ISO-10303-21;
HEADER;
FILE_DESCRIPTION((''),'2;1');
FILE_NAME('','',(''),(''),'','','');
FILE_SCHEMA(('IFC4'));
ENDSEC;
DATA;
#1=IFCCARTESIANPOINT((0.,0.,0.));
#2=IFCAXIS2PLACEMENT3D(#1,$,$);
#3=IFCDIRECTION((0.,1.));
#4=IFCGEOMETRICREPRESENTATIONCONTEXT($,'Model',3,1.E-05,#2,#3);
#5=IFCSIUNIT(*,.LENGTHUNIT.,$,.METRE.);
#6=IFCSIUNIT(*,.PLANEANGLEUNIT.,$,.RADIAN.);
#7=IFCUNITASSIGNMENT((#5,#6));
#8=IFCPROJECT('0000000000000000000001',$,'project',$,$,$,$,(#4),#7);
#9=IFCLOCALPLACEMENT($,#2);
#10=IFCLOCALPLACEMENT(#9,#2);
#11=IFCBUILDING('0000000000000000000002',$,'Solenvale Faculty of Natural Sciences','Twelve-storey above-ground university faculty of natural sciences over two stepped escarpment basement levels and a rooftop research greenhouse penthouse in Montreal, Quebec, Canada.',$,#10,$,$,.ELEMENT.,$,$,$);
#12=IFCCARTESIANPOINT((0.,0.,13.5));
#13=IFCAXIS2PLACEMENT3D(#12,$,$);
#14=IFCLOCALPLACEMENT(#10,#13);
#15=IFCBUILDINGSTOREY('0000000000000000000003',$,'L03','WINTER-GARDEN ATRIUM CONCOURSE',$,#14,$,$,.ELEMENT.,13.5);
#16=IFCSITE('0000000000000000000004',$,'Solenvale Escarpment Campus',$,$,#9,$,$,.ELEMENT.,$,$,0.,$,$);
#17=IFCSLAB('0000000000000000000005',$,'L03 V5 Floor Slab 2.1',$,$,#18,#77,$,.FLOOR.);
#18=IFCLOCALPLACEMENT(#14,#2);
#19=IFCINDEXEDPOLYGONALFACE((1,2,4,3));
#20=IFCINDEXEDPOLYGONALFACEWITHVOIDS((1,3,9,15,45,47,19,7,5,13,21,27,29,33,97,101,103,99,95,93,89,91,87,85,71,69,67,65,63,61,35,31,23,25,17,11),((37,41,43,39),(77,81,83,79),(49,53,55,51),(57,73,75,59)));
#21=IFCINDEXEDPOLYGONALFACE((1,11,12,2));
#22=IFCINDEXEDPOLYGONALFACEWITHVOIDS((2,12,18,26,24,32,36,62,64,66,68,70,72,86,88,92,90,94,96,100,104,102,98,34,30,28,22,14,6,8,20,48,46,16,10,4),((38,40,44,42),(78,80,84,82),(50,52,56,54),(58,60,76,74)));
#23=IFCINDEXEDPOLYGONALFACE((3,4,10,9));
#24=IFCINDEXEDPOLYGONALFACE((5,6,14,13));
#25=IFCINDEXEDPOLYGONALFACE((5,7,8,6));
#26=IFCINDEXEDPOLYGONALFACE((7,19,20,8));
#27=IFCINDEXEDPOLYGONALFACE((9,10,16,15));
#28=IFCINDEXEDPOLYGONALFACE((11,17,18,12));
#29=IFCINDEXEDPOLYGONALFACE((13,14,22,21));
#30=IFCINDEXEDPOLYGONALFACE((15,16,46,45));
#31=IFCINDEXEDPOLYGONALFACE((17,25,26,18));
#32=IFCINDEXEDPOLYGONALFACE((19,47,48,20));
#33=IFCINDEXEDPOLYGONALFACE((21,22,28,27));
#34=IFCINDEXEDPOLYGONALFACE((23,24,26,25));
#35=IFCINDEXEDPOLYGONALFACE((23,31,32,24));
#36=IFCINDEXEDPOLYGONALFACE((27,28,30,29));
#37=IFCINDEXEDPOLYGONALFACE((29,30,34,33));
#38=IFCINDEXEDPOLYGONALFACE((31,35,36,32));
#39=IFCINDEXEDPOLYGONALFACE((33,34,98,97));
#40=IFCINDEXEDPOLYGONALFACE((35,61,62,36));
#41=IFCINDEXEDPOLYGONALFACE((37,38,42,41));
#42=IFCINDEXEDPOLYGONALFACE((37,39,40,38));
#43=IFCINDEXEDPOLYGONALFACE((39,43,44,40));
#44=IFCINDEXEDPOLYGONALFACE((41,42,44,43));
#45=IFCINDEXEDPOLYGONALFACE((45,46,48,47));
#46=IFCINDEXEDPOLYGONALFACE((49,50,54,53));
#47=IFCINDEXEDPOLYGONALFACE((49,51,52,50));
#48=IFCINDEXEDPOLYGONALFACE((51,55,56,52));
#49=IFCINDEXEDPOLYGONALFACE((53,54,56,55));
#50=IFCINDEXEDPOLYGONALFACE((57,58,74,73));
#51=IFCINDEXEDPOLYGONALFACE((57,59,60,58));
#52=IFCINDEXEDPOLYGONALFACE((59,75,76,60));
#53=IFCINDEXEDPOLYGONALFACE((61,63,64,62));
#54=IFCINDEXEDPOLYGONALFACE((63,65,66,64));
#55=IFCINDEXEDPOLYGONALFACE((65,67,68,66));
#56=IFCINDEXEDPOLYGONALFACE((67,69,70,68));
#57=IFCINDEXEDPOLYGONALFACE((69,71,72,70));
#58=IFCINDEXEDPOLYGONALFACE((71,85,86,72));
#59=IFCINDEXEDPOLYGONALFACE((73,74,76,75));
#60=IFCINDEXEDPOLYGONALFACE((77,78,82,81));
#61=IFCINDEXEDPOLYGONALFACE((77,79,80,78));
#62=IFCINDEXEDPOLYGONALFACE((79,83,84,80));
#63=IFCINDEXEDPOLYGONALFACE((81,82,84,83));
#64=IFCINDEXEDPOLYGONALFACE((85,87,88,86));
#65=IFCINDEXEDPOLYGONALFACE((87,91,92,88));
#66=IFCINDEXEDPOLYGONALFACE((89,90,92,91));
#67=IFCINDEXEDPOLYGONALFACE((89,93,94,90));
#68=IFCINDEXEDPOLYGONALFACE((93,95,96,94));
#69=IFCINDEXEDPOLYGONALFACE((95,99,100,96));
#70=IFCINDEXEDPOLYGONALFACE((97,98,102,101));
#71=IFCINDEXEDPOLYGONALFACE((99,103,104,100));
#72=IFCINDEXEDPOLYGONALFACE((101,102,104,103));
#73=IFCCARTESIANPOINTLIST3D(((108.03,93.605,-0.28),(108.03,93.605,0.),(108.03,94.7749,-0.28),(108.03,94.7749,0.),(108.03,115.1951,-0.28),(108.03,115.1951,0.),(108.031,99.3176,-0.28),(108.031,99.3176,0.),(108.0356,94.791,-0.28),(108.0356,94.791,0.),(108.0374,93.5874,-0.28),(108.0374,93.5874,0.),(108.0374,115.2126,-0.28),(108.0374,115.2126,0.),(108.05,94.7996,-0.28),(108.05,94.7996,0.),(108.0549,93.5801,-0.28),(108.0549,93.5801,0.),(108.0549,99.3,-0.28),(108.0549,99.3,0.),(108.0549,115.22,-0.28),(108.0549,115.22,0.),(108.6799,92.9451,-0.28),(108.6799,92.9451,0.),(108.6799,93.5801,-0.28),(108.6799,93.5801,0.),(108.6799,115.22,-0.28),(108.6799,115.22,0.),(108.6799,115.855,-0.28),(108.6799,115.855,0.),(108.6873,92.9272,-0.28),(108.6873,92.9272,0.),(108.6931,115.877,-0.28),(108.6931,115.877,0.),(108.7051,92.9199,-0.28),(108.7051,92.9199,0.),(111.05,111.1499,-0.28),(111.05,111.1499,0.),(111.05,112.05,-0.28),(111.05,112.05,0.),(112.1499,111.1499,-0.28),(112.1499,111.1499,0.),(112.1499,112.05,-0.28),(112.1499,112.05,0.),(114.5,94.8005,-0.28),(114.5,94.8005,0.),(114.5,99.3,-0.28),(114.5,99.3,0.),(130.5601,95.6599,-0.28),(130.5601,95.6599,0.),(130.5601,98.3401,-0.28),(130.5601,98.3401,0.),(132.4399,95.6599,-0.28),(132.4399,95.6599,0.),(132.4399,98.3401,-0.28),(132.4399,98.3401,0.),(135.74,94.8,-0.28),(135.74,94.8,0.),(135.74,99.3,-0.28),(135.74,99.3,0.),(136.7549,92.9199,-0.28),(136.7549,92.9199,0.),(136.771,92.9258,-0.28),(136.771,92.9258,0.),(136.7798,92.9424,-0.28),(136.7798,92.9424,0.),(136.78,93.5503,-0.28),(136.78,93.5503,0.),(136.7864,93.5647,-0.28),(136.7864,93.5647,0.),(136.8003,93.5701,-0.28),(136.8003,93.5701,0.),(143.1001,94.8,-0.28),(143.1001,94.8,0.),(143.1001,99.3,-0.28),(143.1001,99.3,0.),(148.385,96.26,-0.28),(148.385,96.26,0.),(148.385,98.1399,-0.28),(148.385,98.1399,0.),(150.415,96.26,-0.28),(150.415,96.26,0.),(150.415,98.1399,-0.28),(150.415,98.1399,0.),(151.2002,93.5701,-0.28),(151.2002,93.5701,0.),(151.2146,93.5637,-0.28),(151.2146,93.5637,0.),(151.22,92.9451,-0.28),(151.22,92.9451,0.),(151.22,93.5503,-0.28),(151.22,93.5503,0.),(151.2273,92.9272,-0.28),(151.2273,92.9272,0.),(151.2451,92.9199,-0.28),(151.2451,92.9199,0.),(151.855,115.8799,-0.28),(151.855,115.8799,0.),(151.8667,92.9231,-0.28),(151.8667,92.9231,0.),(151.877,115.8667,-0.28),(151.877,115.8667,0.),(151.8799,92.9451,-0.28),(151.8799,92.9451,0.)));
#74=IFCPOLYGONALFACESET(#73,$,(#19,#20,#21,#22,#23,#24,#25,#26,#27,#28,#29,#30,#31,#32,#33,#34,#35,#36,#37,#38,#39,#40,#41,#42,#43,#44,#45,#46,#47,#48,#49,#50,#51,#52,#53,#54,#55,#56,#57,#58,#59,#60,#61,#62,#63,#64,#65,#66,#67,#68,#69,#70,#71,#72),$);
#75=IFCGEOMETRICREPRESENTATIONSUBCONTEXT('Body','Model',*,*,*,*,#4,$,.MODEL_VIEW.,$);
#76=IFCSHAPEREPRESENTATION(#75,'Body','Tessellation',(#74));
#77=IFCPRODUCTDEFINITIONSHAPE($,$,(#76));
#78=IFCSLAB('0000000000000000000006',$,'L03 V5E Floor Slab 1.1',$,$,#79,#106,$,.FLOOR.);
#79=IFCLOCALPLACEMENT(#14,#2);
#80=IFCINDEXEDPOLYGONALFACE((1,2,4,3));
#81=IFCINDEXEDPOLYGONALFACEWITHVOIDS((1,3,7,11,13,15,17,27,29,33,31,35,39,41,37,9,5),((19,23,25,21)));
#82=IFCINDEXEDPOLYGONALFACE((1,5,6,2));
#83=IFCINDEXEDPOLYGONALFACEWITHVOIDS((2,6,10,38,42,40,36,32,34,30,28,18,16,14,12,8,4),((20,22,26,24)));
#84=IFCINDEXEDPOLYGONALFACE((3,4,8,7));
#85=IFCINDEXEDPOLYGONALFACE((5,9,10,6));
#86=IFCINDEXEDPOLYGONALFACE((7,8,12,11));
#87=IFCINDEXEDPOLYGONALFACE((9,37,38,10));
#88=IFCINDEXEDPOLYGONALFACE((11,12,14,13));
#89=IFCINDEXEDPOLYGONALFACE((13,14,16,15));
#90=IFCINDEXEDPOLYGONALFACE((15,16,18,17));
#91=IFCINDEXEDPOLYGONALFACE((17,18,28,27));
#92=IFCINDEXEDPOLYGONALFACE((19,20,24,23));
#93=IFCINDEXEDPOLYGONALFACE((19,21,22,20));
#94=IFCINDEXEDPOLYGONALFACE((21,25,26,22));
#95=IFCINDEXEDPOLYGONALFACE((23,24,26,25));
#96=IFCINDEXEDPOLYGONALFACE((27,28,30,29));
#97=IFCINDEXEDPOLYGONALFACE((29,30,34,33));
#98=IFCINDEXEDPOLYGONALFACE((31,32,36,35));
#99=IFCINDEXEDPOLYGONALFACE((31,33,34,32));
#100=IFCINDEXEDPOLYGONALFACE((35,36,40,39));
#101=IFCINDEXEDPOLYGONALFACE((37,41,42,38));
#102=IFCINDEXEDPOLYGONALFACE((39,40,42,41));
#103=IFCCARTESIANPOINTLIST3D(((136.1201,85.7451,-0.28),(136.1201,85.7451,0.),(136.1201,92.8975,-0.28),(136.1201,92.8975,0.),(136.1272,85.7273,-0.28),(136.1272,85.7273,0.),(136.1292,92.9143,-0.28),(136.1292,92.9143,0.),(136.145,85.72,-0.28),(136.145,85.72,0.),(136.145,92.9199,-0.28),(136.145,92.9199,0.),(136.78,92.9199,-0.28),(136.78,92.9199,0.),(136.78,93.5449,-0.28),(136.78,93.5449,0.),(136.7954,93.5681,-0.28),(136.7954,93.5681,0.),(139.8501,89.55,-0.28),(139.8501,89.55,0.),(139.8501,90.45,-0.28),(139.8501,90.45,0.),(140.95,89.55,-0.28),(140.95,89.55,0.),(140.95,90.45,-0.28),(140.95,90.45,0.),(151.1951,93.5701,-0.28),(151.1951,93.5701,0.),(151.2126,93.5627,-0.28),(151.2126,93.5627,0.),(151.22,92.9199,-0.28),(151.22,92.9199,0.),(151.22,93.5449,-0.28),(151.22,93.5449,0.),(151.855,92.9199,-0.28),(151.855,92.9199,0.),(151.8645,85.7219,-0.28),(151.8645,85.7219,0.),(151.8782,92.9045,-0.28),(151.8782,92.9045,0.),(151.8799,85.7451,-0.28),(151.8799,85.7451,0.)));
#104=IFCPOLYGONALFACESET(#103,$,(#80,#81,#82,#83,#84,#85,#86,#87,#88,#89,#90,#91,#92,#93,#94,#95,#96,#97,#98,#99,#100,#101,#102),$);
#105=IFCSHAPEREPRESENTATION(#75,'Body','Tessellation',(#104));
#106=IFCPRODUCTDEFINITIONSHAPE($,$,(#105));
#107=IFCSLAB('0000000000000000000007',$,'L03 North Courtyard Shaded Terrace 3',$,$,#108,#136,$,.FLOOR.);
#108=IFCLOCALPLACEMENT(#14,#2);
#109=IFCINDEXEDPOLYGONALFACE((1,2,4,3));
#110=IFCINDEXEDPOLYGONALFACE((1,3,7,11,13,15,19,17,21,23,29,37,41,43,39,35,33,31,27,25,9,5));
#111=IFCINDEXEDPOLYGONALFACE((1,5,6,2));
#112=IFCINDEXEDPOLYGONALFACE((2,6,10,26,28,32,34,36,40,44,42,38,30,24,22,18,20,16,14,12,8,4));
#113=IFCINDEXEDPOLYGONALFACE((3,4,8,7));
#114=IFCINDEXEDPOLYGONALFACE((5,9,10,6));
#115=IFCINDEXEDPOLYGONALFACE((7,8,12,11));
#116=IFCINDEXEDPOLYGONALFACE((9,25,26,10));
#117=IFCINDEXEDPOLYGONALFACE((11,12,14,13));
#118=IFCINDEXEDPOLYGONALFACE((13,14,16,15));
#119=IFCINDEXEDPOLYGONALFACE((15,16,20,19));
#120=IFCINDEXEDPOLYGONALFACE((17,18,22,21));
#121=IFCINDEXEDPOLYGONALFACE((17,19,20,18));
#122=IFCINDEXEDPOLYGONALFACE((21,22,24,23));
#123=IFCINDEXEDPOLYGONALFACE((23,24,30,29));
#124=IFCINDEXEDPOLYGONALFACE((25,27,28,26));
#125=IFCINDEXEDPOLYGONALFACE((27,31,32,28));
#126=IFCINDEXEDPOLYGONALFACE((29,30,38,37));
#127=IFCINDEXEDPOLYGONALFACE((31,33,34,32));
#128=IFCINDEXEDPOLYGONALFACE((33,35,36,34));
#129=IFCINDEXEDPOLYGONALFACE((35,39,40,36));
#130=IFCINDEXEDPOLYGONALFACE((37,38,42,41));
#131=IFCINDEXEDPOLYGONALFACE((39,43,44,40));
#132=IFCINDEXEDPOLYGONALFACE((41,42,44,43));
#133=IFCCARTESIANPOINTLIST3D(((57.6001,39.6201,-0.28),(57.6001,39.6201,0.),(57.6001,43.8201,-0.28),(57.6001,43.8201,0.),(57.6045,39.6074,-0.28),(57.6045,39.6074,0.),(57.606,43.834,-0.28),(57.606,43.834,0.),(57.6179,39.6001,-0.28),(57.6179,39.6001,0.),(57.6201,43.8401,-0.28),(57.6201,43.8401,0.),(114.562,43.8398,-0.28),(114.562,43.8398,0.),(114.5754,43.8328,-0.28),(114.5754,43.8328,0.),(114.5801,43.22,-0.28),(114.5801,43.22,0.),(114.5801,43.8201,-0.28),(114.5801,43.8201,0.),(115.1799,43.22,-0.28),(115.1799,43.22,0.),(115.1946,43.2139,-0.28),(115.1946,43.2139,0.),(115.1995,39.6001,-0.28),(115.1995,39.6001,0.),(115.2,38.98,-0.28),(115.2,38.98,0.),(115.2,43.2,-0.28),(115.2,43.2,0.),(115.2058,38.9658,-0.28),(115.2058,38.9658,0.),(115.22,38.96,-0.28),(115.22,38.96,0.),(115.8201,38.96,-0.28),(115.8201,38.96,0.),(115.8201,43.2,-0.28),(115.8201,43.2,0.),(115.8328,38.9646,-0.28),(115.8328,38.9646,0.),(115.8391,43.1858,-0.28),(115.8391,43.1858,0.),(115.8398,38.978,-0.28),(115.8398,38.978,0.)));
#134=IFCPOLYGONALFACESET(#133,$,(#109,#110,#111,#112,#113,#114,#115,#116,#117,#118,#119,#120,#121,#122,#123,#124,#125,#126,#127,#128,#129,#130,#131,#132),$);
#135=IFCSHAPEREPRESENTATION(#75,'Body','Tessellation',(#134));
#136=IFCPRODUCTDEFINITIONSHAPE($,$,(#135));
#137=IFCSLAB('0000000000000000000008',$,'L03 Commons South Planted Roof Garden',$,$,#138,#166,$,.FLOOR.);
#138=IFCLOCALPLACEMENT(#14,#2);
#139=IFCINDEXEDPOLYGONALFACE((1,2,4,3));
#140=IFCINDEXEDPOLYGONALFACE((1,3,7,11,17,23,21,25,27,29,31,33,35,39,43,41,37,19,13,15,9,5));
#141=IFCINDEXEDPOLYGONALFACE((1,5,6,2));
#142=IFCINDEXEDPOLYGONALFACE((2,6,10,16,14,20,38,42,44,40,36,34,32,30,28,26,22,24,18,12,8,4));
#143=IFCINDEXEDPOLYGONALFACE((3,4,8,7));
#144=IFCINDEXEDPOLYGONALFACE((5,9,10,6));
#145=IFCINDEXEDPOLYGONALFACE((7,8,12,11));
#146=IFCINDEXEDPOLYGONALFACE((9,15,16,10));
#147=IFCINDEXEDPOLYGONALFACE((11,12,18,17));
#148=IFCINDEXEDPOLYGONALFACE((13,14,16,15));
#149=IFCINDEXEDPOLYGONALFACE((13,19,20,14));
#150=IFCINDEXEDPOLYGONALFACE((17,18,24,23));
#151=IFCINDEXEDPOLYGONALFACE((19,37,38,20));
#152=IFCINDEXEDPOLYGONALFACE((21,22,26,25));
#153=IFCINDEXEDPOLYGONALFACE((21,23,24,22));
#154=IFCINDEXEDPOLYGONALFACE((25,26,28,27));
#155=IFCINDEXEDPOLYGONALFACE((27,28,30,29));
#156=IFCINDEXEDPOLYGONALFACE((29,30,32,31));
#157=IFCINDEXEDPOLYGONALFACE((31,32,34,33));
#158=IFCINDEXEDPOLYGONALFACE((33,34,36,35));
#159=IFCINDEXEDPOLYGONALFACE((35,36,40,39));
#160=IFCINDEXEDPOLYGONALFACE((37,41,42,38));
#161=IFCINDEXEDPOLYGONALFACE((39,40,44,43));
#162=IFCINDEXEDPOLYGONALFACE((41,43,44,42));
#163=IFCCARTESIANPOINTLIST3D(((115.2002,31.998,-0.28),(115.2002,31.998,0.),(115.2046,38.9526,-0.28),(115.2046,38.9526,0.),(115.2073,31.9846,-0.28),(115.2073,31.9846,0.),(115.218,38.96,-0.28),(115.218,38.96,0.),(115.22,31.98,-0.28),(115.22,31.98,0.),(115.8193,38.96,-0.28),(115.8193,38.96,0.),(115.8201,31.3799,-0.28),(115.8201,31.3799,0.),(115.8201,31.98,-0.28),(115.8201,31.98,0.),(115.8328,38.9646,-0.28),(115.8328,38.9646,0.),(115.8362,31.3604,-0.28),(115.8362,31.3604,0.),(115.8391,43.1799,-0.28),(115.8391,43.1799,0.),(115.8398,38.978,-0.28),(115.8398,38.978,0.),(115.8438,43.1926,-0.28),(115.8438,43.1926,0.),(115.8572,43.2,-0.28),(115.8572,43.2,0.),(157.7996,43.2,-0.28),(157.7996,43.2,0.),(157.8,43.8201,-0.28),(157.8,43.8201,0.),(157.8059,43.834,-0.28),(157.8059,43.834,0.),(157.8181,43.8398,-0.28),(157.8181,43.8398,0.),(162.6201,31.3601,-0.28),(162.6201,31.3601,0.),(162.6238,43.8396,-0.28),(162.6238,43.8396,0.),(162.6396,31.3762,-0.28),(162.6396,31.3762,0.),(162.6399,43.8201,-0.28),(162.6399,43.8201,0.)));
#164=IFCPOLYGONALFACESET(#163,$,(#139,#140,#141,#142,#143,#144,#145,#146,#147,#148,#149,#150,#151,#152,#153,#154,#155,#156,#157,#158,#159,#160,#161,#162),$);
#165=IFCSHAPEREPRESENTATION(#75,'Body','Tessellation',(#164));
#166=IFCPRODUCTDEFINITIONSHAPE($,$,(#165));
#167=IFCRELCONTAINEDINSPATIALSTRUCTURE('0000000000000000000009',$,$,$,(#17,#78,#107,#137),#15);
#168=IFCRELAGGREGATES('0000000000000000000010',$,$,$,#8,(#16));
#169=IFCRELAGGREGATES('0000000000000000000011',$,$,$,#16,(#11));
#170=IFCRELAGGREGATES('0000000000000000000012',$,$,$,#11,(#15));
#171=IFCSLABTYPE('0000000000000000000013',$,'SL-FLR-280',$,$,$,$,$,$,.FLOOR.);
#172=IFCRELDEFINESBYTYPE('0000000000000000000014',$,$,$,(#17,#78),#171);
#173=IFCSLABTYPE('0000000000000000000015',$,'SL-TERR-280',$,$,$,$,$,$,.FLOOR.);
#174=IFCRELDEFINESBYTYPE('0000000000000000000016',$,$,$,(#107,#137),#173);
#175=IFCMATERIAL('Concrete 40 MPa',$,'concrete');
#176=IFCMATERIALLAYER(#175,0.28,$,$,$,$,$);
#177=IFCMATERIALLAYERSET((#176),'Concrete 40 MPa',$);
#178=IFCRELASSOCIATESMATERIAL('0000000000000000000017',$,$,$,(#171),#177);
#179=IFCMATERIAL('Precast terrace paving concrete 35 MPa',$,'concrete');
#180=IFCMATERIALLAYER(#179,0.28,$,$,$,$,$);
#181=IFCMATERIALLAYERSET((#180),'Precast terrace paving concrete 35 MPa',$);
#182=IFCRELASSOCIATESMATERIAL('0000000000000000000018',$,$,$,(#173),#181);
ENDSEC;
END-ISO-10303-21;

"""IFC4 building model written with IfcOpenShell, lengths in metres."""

from ifc_helpers import new_model, si_unit, direction, frame, origin, place, context, subcontext, project, spatial, polyline, outline, extrude, material, layer, layer_set, type_object, element, save


model = new_model("IFC4")

# Units and contexts
model_context = context("Model", 3, precision=1e-05, world=origin(), true_north=direction((0.0, 1.0)))
body_context = subcontext(model_context, "Body", "Model", "MODEL_VIEW")
ifc_project = project(units=[si_unit("LENGTHUNIT", "METRE"), si_unit("PLANEANGLEUNIT", "RADIAN")], contexts=[model_context])

# Site, building, storey
site_placement = place(None, origin())
site = spatial("IfcSite", under=ifc_project, at=site_placement, Name="Solenvale Escarpment Campus", CompositionType="ELEMENT", RefElevation=0.0)
building_placement = place(site_placement, origin())
building = spatial("IfcBuilding", under=site, at=building_placement, Name="Solenvale Faculty of Natural Sciences", Description="Twelve-storey above-ground university faculty of natural sciences over two stepped escarpment basement levels and a rooftop research greenhouse penthouse in Montreal, Quebec, Canada.", CompositionType="ELEMENT")
storey_placement = place(building_placement, frame((0.0, 0.0, 13.5)))
storey = spatial("IfcBuildingStorey", under=building, at=storey_placement, Name="L03", Description="WINTER-GARDEN ATRIUM CONCOURSE", CompositionType="ELEMENT", Elevation=13.5)

# Slabs
ifc_material_1 = material(Name="Concrete 40 MPa", Category="concrete")
ifc_layer_1 = layer(ifc_material_1, 0.28)
ifc_layer_set_1 = layer_set([ifc_layer_1], Name="Concrete 40 MPa")
slab_type_1 = type_object("IfcSlabType", Name="SL-FLR-280", PredefinedType="FLOOR", material=ifc_layer_set_1)
slab_1_placement = place(storey_placement, frame((0.0, 0.0, -0.28)))
element("IfcSlab", 1, at=slab_1_placement, inside=storey, type_object=slab_type_1, Name="L03 V5 Floor Slab 2.1", PredefinedType="FLOOR", context=body_context, shape_type="SweptSolid", body=[
    extrude(outline(polyline([(108.0549, 93.5801), (108.0374, 93.5874), (108.03, 93.605), (108.03, 94.7749), (108.0356, 94.791), (108.05, 94.7996), (114.5, 94.8005), (114.5, 99.3), (108.0549, 99.3), (108.031, 99.3176), (108.03, 115.1951), (108.0374, 115.2126), (108.0549, 115.22), (108.6799, 115.22), (108.6799, 115.855), (108.6931, 115.877), (151.855, 115.8799), (151.877, 115.8667), (151.8799, 92.9451), (151.8667, 92.9231), (151.2451, 92.9199), (151.2273, 92.9272), (151.22, 92.9451), (151.22, 93.5503), (151.2146, 93.5637), (151.2002, 93.5701), (136.8003, 93.5701), (136.7864, 93.5647), (136.78, 93.5503), (136.7798, 92.9424), (136.771, 92.9258), (136.7549, 92.9199), (108.7051, 92.9199), (108.6873, 92.9272), (108.6799, 92.9451), (108.6799, 93.5801), (108.0549, 93.5801)]), holes=[polyline([(148.385, 96.26), (150.415, 96.26), (150.415, 98.1399), (148.385, 98.1399), (148.385, 96.26)]), polyline([(135.74, 94.8), (143.1001, 94.8), (143.1001, 99.3), (135.74, 99.3), (135.74, 94.8)]), polyline([(130.5601, 95.6599), (132.4399, 95.6599), (132.4399, 98.3401), (130.5601, 98.3401), (130.5601, 95.6599)]), polyline([(111.05, 111.1499), (112.1499, 111.1499), (112.1499, 112.05), (111.05, 112.05), (111.05, 111.1499)])]), origin(), (0.0, 0.0, 1.0), 0.28),
])
slab_2_placement = place(storey_placement, frame((0.0, 0.0, -0.28)))
element("IfcSlab", 2, at=slab_2_placement, inside=storey, type_object=slab_type_1, Name="L03 V5E Floor Slab 1.1", PredefinedType="FLOOR", context=body_context, shape_type="SweptSolid", body=[
    extrude(outline(polyline([(136.145, 85.72), (136.1272, 85.7273), (136.1201, 85.7451), (136.1201, 92.8975), (136.1292, 92.9143), (136.145, 92.9199), (136.78, 92.9199), (136.78, 93.5449), (136.7954, 93.5681), (151.1951, 93.5701), (151.2126, 93.5627), (151.22, 93.5449), (151.22, 92.9199), (151.855, 92.9199), (151.8782, 92.9045), (151.8799, 85.7451), (151.8645, 85.7219), (136.145, 85.72)]), holes=[polyline([(139.8501, 89.55), (140.95, 89.55), (140.95, 90.45), (139.8501, 90.45), (139.8501, 89.55)])]), origin(), (0.0, 0.0, 1.0), 0.28),
])
ifc_material_2 = material(Name="Precast terrace paving concrete 35 MPa", Category="concrete")
ifc_layer_2 = layer(ifc_material_2, 0.28)
ifc_layer_set_2 = layer_set([ifc_layer_2], Name="Precast terrace paving concrete 35 MPa")
slab_type_2 = type_object("IfcSlabType", Name="SL-TERR-280", PredefinedType="FLOOR", material=ifc_layer_set_2)
slab_3_placement = place(storey_placement, frame((0.0, 0.0, -0.28)))
element("IfcSlab", 3, at=slab_3_placement, inside=storey, type_object=slab_type_2, Name="L03 North Courtyard Shaded Terrace 3", PredefinedType="FLOOR", context=body_context, shape_type="SweptSolid", body=[
    extrude(outline(polyline([(57.6001, 43.8201), (57.606, 43.834), (57.6201, 43.8401), (114.562, 43.8398), (114.5754, 43.8328), (114.5801, 43.8201), (114.5801, 43.22), (115.1799, 43.22), (115.1946, 43.2139), (115.2, 43.2), (115.8201, 43.2), (115.8391, 43.1858), (115.8398, 38.978), (115.8328, 38.9646), (115.8201, 38.96), (115.22, 38.96), (115.2058, 38.9658), (115.2, 38.98), (115.1995, 39.6001), (57.6179, 39.6001), (57.6045, 39.6074), (57.6001, 39.6201), (57.6001, 43.8201)])), origin(), (0.0, 0.0, 1.0), 0.28),
])
slab_4_placement = place(storey_placement, frame((0.0, 0.0, -0.28)))
element("IfcSlab", 4, at=slab_4_placement, inside=storey, type_object=slab_type_2, Name="L03 Commons South Planted Roof Garden", PredefinedType="FLOOR", context=body_context, shape_type="SweptSolid", body=[
    extrude(outline(polyline([(115.2002, 31.998), (115.2046, 38.9526), (115.218, 38.96), (115.8193, 38.96), (115.8328, 38.9646), (115.8398, 38.978), (115.8391, 43.1799), (115.8438, 43.1926), (115.8572, 43.2), (157.7996, 43.2), (157.8, 43.8201), (157.8059, 43.834), (157.8181, 43.8398), (162.6238, 43.8396), (162.6399, 43.8201), (162.6396, 31.3762), (162.6201, 31.3601), (115.8362, 31.3604), (115.8201, 31.3799), (115.8201, 31.98), (115.22, 31.98), (115.2073, 31.9846), (115.2002, 31.998)])), origin(), (0.0, 0.0, 1.0), 0.28),
])

save(model, "model.ifc")
